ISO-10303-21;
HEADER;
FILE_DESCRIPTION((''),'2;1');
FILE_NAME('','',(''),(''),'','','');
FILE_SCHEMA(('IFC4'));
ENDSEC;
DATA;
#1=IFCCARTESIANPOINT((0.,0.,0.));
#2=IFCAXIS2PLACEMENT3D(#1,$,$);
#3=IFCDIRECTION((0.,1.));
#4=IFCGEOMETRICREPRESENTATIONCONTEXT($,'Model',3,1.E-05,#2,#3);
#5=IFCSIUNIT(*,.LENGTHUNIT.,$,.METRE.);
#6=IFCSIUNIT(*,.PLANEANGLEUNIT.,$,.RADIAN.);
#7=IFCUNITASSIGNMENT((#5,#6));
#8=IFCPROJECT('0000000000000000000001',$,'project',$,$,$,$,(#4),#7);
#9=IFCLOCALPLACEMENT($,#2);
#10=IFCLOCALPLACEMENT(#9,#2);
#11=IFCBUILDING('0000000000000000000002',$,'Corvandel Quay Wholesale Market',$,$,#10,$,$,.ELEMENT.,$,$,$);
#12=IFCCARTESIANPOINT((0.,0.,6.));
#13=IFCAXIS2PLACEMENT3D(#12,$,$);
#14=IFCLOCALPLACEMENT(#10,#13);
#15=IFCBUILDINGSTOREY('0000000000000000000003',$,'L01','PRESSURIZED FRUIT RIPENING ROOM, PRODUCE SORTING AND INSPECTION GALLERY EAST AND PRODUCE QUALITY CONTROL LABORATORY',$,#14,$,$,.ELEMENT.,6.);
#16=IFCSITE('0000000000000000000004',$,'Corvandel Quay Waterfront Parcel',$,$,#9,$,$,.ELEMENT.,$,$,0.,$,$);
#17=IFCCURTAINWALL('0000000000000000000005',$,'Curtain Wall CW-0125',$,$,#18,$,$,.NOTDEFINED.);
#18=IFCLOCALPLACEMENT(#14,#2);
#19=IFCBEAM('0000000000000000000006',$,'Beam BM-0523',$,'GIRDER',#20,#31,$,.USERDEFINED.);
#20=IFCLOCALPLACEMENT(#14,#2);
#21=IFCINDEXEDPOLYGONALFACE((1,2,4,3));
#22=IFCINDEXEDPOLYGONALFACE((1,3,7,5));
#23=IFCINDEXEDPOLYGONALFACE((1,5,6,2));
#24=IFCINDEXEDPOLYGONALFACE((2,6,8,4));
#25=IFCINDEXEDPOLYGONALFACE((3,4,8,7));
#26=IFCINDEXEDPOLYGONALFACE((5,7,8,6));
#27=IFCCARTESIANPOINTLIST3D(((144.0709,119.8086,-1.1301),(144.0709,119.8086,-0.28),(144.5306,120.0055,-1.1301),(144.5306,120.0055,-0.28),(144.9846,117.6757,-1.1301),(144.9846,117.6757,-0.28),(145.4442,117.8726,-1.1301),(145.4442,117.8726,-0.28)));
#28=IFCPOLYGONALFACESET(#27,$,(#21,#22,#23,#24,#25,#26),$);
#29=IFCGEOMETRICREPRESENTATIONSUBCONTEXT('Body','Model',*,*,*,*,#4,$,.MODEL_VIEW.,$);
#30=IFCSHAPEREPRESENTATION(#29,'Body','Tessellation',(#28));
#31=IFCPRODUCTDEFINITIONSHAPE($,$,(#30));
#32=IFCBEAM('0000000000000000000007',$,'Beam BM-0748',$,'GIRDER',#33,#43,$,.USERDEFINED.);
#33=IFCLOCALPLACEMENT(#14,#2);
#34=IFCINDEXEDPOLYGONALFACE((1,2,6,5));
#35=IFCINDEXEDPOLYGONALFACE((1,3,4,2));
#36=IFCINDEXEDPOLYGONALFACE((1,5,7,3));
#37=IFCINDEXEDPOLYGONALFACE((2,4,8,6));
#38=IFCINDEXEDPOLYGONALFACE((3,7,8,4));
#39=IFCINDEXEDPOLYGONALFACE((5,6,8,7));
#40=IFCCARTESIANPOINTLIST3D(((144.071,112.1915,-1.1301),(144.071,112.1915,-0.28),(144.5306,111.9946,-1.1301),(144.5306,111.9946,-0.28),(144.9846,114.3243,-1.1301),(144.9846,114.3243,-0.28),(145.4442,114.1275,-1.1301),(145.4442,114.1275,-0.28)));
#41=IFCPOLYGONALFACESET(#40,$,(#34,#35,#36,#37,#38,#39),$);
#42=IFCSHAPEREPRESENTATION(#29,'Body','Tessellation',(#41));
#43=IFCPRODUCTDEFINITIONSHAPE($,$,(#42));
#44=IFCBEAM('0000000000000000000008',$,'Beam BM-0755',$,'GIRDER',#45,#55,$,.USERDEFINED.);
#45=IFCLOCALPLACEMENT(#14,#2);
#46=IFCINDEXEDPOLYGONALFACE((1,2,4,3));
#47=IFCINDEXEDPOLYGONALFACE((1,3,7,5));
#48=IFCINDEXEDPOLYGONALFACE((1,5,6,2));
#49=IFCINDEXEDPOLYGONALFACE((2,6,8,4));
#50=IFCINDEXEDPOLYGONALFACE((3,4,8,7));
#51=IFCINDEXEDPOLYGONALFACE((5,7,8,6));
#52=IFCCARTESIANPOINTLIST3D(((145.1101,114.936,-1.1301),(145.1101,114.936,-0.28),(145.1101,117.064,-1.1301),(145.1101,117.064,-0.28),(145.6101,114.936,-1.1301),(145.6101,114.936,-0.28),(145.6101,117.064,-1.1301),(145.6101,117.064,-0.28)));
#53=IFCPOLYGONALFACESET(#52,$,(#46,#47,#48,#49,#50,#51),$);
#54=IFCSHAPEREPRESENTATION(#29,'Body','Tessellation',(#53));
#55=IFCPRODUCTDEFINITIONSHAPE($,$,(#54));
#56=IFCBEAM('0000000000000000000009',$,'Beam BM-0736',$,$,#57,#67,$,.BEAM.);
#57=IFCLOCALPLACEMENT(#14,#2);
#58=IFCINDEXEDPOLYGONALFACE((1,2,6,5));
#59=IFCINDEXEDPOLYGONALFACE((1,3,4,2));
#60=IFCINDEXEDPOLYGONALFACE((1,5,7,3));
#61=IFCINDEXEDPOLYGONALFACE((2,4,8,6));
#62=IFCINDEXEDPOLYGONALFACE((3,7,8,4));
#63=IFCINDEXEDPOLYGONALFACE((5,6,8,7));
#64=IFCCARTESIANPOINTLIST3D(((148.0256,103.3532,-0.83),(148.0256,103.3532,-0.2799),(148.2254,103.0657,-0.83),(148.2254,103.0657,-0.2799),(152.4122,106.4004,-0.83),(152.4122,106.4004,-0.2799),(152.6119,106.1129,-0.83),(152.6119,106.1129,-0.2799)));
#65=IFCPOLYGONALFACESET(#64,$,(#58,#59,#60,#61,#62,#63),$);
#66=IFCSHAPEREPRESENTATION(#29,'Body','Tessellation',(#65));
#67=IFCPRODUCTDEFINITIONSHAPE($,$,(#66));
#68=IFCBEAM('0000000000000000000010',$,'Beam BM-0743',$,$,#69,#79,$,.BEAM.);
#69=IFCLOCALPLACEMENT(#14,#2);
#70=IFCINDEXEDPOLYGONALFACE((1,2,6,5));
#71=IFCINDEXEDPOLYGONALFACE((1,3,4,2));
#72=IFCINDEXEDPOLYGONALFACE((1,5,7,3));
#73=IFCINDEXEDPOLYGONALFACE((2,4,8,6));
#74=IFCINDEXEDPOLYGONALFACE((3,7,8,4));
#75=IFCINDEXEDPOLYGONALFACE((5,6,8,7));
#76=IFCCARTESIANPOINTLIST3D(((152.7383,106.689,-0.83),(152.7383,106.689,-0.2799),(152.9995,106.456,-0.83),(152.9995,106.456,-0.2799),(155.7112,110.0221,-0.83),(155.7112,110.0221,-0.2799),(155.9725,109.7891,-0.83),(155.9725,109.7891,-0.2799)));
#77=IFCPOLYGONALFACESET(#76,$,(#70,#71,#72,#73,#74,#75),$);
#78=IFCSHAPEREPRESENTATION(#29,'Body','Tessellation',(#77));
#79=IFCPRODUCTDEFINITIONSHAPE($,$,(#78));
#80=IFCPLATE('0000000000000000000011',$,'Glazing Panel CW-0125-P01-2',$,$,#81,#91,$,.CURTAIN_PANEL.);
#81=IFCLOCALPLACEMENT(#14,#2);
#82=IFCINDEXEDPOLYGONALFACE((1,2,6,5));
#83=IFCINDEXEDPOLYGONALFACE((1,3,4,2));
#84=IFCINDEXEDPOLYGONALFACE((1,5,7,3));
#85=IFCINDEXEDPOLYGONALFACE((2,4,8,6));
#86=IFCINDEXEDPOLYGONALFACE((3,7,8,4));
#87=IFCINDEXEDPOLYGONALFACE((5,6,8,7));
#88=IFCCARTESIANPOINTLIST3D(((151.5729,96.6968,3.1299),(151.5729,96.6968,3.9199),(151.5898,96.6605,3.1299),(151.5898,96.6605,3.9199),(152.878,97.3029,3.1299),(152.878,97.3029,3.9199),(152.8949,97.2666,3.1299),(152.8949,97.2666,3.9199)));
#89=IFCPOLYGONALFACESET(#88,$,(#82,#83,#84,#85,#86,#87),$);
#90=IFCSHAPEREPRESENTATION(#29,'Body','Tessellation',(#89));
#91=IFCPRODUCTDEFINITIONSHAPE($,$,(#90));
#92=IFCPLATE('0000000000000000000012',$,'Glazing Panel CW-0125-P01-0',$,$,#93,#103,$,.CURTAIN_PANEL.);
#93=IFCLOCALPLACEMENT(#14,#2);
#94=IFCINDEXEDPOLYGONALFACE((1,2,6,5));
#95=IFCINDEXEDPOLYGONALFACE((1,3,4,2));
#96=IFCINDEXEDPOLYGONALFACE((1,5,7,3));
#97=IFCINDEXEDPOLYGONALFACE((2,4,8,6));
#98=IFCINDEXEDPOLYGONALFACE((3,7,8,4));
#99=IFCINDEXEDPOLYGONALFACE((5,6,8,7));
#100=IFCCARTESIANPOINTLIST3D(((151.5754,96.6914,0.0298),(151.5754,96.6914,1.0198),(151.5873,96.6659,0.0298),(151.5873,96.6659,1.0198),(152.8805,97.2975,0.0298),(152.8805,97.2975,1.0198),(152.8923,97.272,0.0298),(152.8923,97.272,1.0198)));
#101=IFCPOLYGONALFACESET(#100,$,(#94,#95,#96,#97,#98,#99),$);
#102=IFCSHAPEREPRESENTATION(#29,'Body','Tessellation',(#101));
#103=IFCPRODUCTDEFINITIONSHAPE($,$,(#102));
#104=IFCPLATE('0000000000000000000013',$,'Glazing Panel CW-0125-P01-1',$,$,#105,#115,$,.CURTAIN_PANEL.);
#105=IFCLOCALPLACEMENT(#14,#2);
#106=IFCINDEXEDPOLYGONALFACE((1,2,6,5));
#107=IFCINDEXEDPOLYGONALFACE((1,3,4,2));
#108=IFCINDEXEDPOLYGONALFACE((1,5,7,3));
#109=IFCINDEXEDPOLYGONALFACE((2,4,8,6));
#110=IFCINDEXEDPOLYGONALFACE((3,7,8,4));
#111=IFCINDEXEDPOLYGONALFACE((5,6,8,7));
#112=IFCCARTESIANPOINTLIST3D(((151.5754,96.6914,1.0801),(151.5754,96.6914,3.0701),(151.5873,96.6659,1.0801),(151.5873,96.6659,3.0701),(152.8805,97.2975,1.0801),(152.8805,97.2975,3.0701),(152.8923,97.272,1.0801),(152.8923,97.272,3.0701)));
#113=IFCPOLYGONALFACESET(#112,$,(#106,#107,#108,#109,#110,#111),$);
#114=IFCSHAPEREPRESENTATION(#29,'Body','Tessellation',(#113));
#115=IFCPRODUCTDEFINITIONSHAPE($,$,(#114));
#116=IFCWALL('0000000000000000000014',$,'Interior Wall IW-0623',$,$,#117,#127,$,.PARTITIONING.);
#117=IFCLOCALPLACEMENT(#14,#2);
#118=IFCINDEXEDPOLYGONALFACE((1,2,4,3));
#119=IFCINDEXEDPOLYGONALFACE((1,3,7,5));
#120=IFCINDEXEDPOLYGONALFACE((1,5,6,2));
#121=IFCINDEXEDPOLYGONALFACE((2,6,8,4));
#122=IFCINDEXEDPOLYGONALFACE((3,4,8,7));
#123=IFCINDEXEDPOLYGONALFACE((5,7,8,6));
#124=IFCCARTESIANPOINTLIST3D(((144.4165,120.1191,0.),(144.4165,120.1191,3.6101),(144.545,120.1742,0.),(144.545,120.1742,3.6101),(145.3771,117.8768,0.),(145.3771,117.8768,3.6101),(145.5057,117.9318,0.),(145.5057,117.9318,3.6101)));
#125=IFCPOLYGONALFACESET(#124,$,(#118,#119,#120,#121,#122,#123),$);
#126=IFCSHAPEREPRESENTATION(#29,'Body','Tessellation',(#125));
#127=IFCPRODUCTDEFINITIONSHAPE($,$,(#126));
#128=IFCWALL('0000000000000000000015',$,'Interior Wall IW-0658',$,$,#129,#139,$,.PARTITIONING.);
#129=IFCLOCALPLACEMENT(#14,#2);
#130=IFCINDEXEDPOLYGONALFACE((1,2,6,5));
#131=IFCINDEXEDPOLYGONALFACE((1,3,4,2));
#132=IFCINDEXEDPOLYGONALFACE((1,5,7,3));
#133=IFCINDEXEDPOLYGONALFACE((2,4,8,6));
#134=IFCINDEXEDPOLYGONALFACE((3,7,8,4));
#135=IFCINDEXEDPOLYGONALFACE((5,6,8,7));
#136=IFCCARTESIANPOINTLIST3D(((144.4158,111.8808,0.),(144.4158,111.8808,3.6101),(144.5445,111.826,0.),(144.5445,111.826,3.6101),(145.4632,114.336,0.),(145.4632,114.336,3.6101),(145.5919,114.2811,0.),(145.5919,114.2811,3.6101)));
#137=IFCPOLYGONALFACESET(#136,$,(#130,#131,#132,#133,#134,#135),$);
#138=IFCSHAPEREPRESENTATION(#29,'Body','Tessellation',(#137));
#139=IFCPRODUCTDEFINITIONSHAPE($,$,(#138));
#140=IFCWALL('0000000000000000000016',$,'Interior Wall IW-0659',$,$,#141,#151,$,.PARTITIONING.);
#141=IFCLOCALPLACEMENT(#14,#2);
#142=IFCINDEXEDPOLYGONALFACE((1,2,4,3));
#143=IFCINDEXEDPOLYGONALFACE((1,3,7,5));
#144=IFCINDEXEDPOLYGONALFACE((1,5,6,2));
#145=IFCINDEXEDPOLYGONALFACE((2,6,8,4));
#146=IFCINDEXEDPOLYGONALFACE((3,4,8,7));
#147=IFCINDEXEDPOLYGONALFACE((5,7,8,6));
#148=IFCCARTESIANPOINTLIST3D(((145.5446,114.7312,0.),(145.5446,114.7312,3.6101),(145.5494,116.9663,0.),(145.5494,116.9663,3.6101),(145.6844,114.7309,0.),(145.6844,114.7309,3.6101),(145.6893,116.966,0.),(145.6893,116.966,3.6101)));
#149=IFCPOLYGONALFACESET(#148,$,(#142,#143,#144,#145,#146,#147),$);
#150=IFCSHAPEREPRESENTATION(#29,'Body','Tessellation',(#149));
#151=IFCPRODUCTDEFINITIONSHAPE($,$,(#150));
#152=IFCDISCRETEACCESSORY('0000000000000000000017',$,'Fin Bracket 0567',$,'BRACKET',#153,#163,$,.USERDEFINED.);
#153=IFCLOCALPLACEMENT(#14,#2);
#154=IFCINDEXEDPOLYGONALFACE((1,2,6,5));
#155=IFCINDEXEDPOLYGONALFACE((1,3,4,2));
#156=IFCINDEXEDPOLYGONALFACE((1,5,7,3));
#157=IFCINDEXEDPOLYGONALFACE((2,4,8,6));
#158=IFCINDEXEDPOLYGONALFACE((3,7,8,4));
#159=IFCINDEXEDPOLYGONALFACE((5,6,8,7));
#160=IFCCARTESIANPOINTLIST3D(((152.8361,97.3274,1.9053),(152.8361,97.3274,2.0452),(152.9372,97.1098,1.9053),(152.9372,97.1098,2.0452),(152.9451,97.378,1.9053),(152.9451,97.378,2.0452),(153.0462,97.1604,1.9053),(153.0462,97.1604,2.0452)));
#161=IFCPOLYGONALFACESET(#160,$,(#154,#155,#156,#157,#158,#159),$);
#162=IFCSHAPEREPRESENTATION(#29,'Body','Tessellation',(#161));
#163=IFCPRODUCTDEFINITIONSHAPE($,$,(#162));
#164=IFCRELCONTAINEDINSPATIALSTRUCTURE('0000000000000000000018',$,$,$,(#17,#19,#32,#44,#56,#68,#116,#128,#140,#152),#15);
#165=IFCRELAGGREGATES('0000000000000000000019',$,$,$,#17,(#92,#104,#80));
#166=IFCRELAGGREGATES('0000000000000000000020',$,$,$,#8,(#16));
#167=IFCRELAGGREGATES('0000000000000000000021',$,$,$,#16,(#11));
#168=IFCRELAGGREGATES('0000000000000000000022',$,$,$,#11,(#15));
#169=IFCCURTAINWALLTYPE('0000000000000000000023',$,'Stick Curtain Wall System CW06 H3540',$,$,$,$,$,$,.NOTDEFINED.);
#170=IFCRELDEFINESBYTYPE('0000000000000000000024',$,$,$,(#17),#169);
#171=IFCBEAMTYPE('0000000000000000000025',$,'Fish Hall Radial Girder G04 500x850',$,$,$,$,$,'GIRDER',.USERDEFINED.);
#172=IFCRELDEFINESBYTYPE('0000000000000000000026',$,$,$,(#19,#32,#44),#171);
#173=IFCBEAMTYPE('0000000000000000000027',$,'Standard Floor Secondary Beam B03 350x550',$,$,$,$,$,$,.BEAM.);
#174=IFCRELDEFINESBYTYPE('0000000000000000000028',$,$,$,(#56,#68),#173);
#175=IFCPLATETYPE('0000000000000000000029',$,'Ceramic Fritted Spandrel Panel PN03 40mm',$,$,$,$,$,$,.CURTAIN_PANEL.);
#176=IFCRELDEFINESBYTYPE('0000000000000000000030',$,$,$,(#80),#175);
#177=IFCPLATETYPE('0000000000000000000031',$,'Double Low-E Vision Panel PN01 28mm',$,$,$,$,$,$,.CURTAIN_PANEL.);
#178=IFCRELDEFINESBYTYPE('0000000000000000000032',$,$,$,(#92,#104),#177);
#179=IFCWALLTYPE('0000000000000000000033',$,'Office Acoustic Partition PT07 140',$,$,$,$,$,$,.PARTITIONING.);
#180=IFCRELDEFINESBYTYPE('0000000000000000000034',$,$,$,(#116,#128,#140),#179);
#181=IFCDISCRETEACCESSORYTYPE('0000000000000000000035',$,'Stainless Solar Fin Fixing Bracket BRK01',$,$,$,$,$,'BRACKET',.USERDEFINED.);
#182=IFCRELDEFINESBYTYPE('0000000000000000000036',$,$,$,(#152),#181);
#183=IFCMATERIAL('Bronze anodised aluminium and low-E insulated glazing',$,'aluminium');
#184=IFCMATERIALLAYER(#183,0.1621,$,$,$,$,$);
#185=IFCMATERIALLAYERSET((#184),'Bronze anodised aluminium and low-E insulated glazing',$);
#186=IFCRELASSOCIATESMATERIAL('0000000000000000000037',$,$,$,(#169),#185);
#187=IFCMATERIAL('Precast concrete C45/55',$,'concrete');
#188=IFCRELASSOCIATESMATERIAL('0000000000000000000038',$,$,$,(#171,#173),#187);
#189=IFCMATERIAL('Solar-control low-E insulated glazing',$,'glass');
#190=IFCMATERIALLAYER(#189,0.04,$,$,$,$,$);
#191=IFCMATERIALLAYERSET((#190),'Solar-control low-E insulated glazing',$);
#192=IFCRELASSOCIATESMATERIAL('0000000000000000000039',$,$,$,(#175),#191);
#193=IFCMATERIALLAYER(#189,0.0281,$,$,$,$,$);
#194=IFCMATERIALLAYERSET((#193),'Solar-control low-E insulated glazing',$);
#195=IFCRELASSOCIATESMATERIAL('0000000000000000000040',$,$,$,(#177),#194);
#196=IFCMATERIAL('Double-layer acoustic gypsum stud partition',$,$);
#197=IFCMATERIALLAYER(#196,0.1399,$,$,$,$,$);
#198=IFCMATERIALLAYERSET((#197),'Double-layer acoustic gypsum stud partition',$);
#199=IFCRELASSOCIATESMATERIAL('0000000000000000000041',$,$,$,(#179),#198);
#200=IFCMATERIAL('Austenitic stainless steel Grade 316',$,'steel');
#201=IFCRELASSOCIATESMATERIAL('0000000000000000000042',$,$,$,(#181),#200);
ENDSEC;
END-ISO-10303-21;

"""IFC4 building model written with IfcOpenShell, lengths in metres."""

from ifc_helpers import new_model, si_unit, direction, frame, frame_2d, origin, origin_2d, place, context, subcontext, project, spatial, rectangle, extrude, material, layer, layer_set, material_profile, profile_set, type_object, element, aggregate, save


model = new_model("IFC4")

# Units and contexts
model_context = context("Model", 3, precision=1e-05, world=origin(), true_north=direction((0.0, 1.0)))
body_context = subcontext(model_context, "Body", "Model", "MODEL_VIEW")
ifc_project = project(units=[si_unit("LENGTHUNIT", "METRE"), si_unit("PLANEANGLEUNIT", "RADIAN")], contexts=[model_context])

# Site, building, storey
site_placement = place(None, origin())
site = spatial("IfcSite", under=ifc_project, at=site_placement, Name="Corvandel Quay Waterfront Parcel", CompositionType="ELEMENT", RefElevation=0.0)
building_placement = place(site_placement, origin())
building = spatial("IfcBuilding", under=site, at=building_placement, Name="Corvandel Quay Wholesale Market", CompositionType="ELEMENT")
storey_placement = place(building_placement, frame((0.0, 0.0, 6.0)))
storey = spatial("IfcBuildingStorey", under=building, at=storey_placement, Name="L01", Description="PRESSURIZED FRUIT RIPENING ROOM, PRODUCE SORTING AND INSPECTION GALLERY EAST AND PRODUCE QUALITY CONTROL LABORATORY", CompositionType="ELEMENT", Elevation=6.0)

# Shared definitions
ifc_material_1 = material(Name="Precast concrete C45/55", Category="concrete")

# Curtain wall
ifc_material_2 = material(Name="Bronze anodised aluminium and low-E insulated glazing", Category="aluminium")
ifc_layer_1 = layer(ifc_material_2, 0.1621)
ifc_layer_set_1 = layer_set([ifc_layer_1], Name="Bronze anodised aluminium and low-E insulated glazing")
curtain_wall_type = type_object("IfcCurtainWallType", Name="Stick Curtain Wall System CW06 H3540", PredefinedType="NOTDEFINED", material=ifc_layer_set_1)
curtain_wall_placement = place(storey_placement, origin())
curtain_wall = element("IfcCurtainWall", 1, at=curtain_wall_placement, inside=storey, type_object=curtain_wall_type, Name="Curtain Wall CW-0125", PredefinedType="NOTDEFINED")

# Beams
ifc_material_profile_1 = material_profile(ifc_material_1, rectangle(XDim=0.5, YDim=0.8501, at=origin_2d()), Name="PC-GIR-500x850")
ifc_profile_set_1 = profile_set([ifc_material_profile_1], Name="Precast concrete C45/55")
beam_type_1 = type_object("IfcBeamType", Name="Fish Hall Radial Girder G04 500x850", ElementType="GIRDER", PredefinedType="USERDEFINED", material=ifc_profile_set_1)
for number, where, z_axis, x_axis, name in (
    (2, (145.2144, 117.7742, -0.7051), (-0.393742, 0.919221, 0.0), (-0.919221, -0.393742, 0.0), "Beam BM-0523"),
    (3, (144.3008, 112.093, -0.7051), (0.393742, 0.919221, 0.0), (-0.919221, 0.393742, 0.0), "Beam BM-0748"),
):
    element("IfcBeam", number, at=place(storey_placement, frame(where, z_axis=z_axis, x_axis=x_axis)), inside=storey, type_object=beam_type_1, Name=name, ObjectType="GIRDER", PredefinedType="USERDEFINED", context=body_context, shape_type="SweptSolid", body=[
        extrude(rectangle(XDim=0.5, YDim=0.8501, at=origin_2d()), origin(), (0.0, 0.0, 1.0), 2.3203),
    ])
beam_1_placement = place(storey_placement, frame((145.3601, 114.936, -0.7051), z_axis=(0.0, 1.0, 0.0), x_axis=(-1.0, 0.0, 0.0)))
element("IfcBeam", 4, at=beam_1_placement, inside=storey, type_object=beam_type_1, Name="Beam BM-0755", ObjectType="GIRDER", PredefinedType="USERDEFINED", context=body_context, shape_type="SweptSolid", body=[
    extrude(rectangle(XDim=0.5, YDim=0.8501, at=origin_2d()), origin(), (0.0, 0.0, 1.0), 2.1279),
])
ifc_material_profile_2 = material_profile(ifc_material_1, rectangle(XDim=0.3501, YDim=0.55, at=origin_2d()), Name="PC-BM-350x550")
ifc_profile_set_2 = profile_set([ifc_material_profile_2], Name="Precast concrete C45/55")
beam_type_2 = type_object("IfcBeamType", Name="Standard Floor Secondary Beam B03 350x550", PredefinedType="BEAM", material=ifc_profile_set_2)
beam_2_placement = place(storey_placement, frame((148.1255, 103.2095, -0.5549), z_axis=(0.821286, 0.570517, 0.0), x_axis=(-0.570517, 0.821286, 0.0)))
element("IfcBeam", 5, at=beam_2_placement, inside=storey, type_object=beam_type_2, Name="Beam BM-0736", PredefinedType="BEAM", context=body_context, shape_type="SweptSolid", body=[
    extrude(rectangle(XDim=0.3501, YDim=0.55, at=origin_2d()), origin(), (0.0, 0.0, 1.0), 5.3411),
])
beam_3_placement = place(storey_placement, frame((152.8689, 106.5725, -0.5549), z_axis=(0.665642, 0.746271, 0.0), x_axis=(-0.746271, 0.665642, 0.0)))
element("IfcBeam", 6, at=beam_3_placement, inside=storey, type_object=beam_type_2, Name="Beam BM-0743", PredefinedType="BEAM", context=body_context, shape_type="SweptSolid", body=[
    extrude(rectangle(XDim=0.3501, YDim=0.55, at=origin_2d()), origin(), (0.0, 0.0, 1.0), 4.4663),
])

# Plates
ifc_material_3 = material(Name="Solar-control low-E insulated glazing", Category="glass")
ifc_layer_2 = layer(ifc_material_3, 0.04)
ifc_layer_set_2 = layer_set([ifc_layer_2], Name="Solar-control low-E insulated glazing")
plate_type_1 = type_object("IfcPlateType", Name="Ceramic Fritted Spandrel Panel PN03 40mm", PredefinedType="CURTAIN_PANEL", material=ifc_layer_set_2)
plate_1_placement = place(storey_placement, frame((152.2339, 96.9817, 3.1299), z_axis=(0.0, 0.0, 1.0), x_axis=(0.906971, 0.421194, 0.0)))
plate_1 = element("IfcPlate", 7, at=plate_1_placement, type_object=plate_type_1, Name="Glazing Panel CW-0125-P01-2", PredefinedType="CURTAIN_PANEL", context=body_context, shape_type="SweptSolid", body=[
    extrude(rectangle(XDim=1.439, YDim=0.04, at=origin_2d()), origin(), (0.0, 0.0, 1.0), 0.79),
])
ifc_layer_3 = layer(ifc_material_3, 0.0281)
ifc_layer_set_3 = layer_set([ifc_layer_3], Name="Solar-control low-E insulated glazing")
plate_type_2 = type_object("IfcPlateType", Name="Double Low-E Vision Panel PN01 28mm", PredefinedType="CURTAIN_PANEL", material=ifc_layer_set_3)
plate_2_placement = place(storey_placement, frame((152.2339, 96.9817, 0.0298), z_axis=(0.0, 0.0, 1.0), x_axis=(0.906971, 0.421194, 0.0)))
plate_2 = element("IfcPlate", 8, at=plate_2_placement, type_object=plate_type_2, Name="Glazing Panel CW-0125-P01-0", PredefinedType="CURTAIN_PANEL", context=body_context, shape_type="SweptSolid", body=[
    extrude(rectangle(XDim=1.439, YDim=0.0281, at=origin_2d()), origin(), (0.0, 0.0, 1.0), 0.99),
])
plate_3_placement = place(storey_placement, frame((152.2339, 96.9817, 1.0801), z_axis=(0.0, 0.0, 1.0), x_axis=(0.906971, 0.421194, 0.0)))
plate_3 = element("IfcPlate", 9, at=plate_3_placement, type_object=plate_type_2, Name="Glazing Panel CW-0125-P01-1", PredefinedType="CURTAIN_PANEL", context=body_context, shape_type="SweptSolid", body=[
    extrude(rectangle(XDim=1.439, YDim=0.0281, at=origin_2d()), origin(), (0.0, 0.0, 1.0), 1.99),
])
aggregate(curtain_wall, [plate_2, plate_3, plate_1])

# Walls
ifc_material_4 = material(Name="Double-layer acoustic gypsum stud partition")
ifc_layer_4 = layer(ifc_material_4, 0.1399)
ifc_layer_set_4 = layer_set([ifc_layer_4], Name="Double-layer acoustic gypsum stud partition")
wall_type = type_object("IfcWallType", Name="Office Acoustic Partition PT07 140", PredefinedType="PARTITIONING", material=ifc_layer_set_4)
wall_1_placement = place(storey_placement, frame((145.4414, 117.9043, 0.0), z_axis=(0.0, 0.0, 1.0), x_axis=(-0.393799, 0.919197, 0.0)))
element("IfcWall", 10, at=wall_1_placement, inside=storey, type_object=wall_type, Name="Interior Wall IW-0623", PredefinedType="PARTITIONING", context=body_context, shape_type="SweptSolid", body=[
    extrude(rectangle(XDim=2.4395, YDim=0.1399, at=frame_2d((1.2197, 0.0))), origin(), (0.0, 0.0, 1.0), 3.6101),
])
wall_2_placement = place(storey_placement, frame((144.4802, 111.8535, 0.0), z_axis=(0.0, 0.0, 1.0), x_axis=(0.392395, 0.919797, 0.0)))
element("IfcWall", 11, at=wall_2_placement, inside=storey, type_object=wall_type, Name="Interior Wall IW-0658", PredefinedType="PARTITIONING", context=body_context, shape_type="SweptSolid", body=[
    extrude(rectangle(XDim=2.6692, YDim=0.1399, at=frame_2d((1.3345, 0.0))), origin(), (0.0, 0.0, 1.0), 3.6101),
])
wall_3_placement = place(storey_placement, frame((145.6145, 114.731, 0.0), z_axis=(0.0, 0.0, 1.0), x_axis=(0.002185, 0.999998, 0.0)))
element("IfcWall", 12, at=wall_3_placement, inside=storey, type_object=wall_type, Name="Interior Wall IW-0659", PredefinedType="PARTITIONING", context=body_context, shape_type="SweptSolid", body=[
    extrude(rectangle(XDim=2.2351, YDim=0.1399, at=frame_2d((1.1177, 0.0))), origin(), (0.0, 0.0, 1.0), 3.6101),
])

# Discrete accessory
ifc_material_5 = material(Name="Austenitic stainless steel Grade 316", Category="steel")
discrete_accessory_type = type_object("IfcDiscreteAccessoryType", Name="Stainless Solar Fin Fixing Bracket BRK01", ElementType="BRACKET", PredefinedType="USERDEFINED", material=ifc_material_5)
discrete_accessory_placement = place(storey_placement, frame((152.9412, 97.2439, 1.9053), z_axis=(0.0, 0.0, 1.0), x_axis=(-0.421194, 0.906971, 0.0)))
element("IfcDiscreteAccessory", 13, at=discrete_accessory_placement, inside=storey, type_object=discrete_accessory_type, Name="Fin Bracket 0567", ObjectType="BRACKET", PredefinedType="USERDEFINED", context=body_context, shape_type="SweptSolid", body=[
    extrude(rectangle(XDim=0.24, YDim=0.1201, at=origin_2d()), origin(), (0.0, 0.0, 1.0), 0.1399),
])

save(model, "model.ifc")
